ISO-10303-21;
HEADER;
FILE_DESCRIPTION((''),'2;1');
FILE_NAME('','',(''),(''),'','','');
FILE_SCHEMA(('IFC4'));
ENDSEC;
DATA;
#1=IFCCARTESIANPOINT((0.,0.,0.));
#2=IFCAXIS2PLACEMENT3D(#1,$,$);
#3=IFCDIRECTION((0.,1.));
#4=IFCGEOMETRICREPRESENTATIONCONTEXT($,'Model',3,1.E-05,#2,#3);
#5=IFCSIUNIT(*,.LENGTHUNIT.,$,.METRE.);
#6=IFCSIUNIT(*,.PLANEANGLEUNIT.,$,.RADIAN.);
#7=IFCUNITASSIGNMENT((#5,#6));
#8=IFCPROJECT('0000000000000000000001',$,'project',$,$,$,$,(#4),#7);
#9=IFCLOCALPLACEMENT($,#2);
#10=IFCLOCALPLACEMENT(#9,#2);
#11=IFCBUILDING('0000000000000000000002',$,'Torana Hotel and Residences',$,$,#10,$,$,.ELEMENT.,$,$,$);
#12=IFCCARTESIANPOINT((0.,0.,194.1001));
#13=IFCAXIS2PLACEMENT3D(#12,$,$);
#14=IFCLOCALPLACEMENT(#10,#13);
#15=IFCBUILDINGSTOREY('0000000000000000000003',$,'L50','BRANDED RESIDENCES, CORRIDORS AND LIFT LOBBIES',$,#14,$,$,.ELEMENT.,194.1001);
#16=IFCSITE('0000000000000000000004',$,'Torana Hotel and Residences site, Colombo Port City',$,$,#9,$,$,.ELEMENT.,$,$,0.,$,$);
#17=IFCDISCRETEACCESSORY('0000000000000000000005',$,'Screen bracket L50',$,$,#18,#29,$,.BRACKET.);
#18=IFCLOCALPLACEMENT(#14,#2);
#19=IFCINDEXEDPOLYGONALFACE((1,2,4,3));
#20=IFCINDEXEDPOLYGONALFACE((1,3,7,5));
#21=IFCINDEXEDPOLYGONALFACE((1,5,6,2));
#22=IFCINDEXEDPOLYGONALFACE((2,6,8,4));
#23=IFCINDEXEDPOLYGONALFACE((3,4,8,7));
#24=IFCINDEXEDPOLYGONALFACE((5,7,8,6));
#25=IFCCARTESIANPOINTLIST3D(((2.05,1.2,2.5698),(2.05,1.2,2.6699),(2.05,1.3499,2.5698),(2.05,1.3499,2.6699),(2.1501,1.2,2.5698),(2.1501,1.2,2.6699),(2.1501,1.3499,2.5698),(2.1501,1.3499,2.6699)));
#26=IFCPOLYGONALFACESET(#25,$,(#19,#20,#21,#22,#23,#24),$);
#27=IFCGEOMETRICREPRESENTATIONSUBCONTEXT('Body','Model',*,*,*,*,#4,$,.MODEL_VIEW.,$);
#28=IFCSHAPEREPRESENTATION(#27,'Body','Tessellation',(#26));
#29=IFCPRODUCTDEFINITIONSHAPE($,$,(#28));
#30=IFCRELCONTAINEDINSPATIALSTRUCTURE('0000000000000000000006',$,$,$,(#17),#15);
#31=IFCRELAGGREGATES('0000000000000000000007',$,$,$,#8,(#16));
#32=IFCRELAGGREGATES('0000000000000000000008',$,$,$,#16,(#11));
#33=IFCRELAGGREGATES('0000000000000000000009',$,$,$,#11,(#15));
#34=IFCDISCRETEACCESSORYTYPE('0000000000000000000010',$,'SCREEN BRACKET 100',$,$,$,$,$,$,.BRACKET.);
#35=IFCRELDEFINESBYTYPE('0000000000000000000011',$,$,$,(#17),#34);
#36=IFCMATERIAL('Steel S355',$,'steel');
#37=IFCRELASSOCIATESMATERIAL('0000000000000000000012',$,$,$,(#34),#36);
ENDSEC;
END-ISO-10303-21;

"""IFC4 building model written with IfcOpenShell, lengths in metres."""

from ifc_helpers import new_model, si_unit, direction, frame, origin, origin_2d, place, context, subcontext, project, spatial, rectangle, extrude, material, type_object, element, save


model = new_model("IFC4")

# Units and contexts
model_context = context("Model", 3, precision=1e-05, world=origin(), true_north=direction((0.0, 1.0)))
body_context = subcontext(model_context, "Body", "Model", "MODEL_VIEW")
ifc_project = project(units=[si_unit("LENGTHUNIT", "METRE"), si_unit("PLANEANGLEUNIT", "RADIAN")], contexts=[model_context])

# Site, building, storey
site_placement = place(None, origin())
site = spatial("IfcSite", under=ifc_project, at=site_placement, Name="Torana Hotel and Residences site, Colombo Port City", CompositionType="ELEMENT", RefElevation=0.0)
building_placement = place(site_placement, origin())
building = spatial("IfcBuilding", under=site, at=building_placement, Name="Torana Hotel and Residences", CompositionType="ELEMENT")
storey_placement = place(building_placement, frame((0.0, 0.0, 194.1001)))
storey = spatial("IfcBuildingStorey", under=building, at=storey_placement, Name="L50", Description="BRANDED RESIDENCES, CORRIDORS AND LIFT LOBBIES", CompositionType="ELEMENT", Elevation=194.1001)

# Discrete accessory
ifc_material_1 = material(Name="Steel S355", Category="steel")
discrete_accessory_type = type_object("IfcDiscreteAccessoryType", Name="SCREEN BRACKET 100", PredefinedType="BRACKET", material=ifc_material_1)
for number, where, z_axis, x_axis, name in (
    (1, (2.1001, 1.2749, 2.5698), (0.0, 0.0, 1.0), (-1.0, 0.0, 0.0), "Screen bracket L50"),
):
    element("IfcDiscreteAccessory", number, at=place(storey_placement, frame(where, z_axis=z_axis, x_axis=x_axis)), inside=storey, type_object=discrete_accessory_type, Name=name, PredefinedType="BRACKET", context=body_context, shape_type="SweptSolid", body=[
        extrude(rectangle(XDim=0.1001, YDim=0.1499, at=origin_2d()), origin(), (0.0, 0.0, 1.0), 0.1001),
    ])

save(model, "model.ifc")
